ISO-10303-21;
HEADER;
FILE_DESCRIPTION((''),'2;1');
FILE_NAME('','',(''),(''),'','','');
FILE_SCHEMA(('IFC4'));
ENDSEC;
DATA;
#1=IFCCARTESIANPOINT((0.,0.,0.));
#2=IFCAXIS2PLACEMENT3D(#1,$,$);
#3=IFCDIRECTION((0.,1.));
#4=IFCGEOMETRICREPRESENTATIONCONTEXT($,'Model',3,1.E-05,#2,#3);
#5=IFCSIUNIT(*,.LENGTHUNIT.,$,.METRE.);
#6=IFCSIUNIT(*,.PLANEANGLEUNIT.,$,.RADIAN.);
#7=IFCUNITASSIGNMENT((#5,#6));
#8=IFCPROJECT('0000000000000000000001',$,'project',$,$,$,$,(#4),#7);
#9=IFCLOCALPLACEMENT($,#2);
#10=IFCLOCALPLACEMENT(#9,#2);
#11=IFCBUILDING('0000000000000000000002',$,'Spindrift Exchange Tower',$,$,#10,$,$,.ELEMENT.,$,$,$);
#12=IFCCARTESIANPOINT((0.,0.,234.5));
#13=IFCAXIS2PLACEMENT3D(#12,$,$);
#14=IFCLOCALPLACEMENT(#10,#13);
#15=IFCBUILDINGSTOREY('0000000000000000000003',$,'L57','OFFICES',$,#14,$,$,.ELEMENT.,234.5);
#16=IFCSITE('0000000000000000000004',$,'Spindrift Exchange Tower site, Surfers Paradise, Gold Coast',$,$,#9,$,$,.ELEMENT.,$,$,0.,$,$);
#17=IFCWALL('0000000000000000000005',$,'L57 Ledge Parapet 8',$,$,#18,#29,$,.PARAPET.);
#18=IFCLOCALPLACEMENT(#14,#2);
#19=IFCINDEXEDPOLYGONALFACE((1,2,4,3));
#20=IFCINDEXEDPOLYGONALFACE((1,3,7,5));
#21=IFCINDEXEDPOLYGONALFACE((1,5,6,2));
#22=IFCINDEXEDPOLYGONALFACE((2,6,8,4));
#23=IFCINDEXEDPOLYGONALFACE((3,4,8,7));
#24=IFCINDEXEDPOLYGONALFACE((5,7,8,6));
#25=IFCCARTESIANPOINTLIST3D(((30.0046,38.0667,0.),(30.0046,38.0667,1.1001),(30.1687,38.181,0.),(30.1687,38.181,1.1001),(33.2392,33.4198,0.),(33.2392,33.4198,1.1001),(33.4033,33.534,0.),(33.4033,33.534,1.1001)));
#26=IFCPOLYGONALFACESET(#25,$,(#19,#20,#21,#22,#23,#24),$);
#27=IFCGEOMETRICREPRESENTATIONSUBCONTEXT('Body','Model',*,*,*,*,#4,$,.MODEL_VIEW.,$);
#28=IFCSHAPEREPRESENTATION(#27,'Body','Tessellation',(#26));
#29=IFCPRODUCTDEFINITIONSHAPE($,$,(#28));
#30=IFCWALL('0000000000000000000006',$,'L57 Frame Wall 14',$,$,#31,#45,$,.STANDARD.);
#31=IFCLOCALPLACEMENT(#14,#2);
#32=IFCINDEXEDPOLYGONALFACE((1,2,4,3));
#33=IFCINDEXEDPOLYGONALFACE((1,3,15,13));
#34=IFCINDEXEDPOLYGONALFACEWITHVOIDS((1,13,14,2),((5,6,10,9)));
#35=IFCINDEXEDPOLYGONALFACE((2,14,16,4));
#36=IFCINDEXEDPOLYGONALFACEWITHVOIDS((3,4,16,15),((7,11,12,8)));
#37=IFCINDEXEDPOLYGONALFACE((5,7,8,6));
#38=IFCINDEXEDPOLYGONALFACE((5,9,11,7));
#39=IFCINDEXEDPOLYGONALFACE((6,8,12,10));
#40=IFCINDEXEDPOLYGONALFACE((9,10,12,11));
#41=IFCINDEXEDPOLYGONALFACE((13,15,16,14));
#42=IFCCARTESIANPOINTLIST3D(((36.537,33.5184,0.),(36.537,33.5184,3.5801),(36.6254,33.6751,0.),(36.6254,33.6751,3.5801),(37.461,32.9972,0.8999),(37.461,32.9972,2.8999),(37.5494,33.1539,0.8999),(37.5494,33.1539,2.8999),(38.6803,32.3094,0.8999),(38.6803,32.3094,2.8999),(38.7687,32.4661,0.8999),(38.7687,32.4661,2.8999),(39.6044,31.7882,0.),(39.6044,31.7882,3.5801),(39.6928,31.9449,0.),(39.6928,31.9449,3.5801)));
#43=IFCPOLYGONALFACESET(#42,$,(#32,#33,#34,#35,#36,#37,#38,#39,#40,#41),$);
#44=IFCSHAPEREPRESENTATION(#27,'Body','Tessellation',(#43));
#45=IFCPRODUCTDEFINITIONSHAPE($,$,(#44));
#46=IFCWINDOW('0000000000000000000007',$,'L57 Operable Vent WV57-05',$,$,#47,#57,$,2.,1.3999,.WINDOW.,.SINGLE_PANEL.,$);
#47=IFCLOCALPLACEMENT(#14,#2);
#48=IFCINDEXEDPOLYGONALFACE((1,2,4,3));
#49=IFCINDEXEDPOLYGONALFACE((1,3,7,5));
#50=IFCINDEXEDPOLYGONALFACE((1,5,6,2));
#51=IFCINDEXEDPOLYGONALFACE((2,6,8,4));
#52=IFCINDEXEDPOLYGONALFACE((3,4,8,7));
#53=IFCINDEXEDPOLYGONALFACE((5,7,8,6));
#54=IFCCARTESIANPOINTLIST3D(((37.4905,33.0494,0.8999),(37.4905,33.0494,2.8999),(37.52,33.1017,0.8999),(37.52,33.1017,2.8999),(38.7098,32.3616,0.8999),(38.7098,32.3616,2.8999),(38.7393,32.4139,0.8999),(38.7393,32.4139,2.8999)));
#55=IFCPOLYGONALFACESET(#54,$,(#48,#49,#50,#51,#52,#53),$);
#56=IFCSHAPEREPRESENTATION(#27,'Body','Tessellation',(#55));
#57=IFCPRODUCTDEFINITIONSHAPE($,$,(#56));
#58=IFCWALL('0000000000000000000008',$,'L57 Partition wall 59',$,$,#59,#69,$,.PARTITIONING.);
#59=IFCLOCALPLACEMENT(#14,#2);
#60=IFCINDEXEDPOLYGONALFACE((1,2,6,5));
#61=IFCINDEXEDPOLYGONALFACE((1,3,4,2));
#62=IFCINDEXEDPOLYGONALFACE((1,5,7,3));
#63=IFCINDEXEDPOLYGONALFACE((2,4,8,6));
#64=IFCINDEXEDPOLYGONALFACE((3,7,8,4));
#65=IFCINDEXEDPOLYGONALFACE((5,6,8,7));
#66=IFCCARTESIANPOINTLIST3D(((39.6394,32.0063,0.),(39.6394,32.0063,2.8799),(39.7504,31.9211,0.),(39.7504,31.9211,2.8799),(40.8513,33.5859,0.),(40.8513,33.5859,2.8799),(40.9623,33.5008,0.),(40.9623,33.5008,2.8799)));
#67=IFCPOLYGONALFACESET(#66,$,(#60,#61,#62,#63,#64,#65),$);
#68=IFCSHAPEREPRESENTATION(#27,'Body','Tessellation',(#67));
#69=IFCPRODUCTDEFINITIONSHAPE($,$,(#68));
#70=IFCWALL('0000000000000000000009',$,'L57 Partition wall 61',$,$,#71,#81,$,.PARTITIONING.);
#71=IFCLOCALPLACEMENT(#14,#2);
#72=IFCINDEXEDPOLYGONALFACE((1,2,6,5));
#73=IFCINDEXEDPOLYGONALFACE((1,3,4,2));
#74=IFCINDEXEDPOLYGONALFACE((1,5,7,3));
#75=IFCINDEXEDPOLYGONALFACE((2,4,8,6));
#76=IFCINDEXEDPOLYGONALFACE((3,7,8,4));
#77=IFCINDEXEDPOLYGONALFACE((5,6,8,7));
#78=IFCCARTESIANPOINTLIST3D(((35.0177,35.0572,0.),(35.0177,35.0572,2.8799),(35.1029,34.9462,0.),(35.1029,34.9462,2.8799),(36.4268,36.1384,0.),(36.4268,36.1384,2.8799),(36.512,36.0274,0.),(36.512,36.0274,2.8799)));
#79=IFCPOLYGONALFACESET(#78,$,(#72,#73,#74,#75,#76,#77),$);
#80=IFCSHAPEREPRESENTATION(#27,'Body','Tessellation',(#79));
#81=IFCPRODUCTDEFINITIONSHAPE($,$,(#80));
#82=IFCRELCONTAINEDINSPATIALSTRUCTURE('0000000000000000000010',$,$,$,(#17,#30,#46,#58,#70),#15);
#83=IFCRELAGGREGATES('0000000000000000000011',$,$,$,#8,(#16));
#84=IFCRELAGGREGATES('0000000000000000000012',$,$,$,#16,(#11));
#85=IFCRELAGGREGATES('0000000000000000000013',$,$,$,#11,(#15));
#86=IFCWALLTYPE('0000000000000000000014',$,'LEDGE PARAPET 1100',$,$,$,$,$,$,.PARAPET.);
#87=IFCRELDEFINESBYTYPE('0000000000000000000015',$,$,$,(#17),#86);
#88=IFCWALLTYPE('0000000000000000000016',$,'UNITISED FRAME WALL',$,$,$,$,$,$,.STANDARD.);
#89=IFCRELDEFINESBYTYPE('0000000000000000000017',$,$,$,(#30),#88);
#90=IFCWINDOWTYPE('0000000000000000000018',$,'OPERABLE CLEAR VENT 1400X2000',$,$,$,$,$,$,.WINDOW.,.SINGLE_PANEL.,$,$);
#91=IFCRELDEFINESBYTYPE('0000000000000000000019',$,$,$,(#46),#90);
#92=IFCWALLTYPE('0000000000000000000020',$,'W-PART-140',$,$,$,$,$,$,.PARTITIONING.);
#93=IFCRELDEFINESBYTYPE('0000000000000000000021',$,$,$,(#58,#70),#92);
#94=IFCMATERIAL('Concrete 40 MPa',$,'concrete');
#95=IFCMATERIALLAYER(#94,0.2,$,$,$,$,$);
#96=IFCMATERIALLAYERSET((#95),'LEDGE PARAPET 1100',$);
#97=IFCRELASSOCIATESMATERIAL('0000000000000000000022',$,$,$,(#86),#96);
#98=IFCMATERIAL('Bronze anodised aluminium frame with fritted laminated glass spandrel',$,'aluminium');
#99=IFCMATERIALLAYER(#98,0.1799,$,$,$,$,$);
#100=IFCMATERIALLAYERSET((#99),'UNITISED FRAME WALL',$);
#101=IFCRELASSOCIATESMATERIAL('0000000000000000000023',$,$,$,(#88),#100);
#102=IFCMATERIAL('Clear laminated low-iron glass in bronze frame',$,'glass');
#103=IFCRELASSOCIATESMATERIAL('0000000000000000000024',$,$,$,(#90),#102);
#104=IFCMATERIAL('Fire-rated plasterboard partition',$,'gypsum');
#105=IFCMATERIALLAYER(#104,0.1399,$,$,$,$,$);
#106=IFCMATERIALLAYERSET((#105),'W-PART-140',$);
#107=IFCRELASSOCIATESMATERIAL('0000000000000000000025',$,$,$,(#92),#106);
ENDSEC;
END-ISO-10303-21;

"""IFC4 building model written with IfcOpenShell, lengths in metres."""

from ifc_helpers import new_model, si_unit, direction, frame, frame_2d, origin, place, context, subcontext, project, spatial, rectangle, extrude, source, transform, mapped, material, layer, layer_set, type_object, element, fill, save


model = new_model("IFC4")

# Units and contexts
model_context = context("Model", 3, precision=1e-05, world=origin(), true_north=direction((0.0, 1.0)))
body_context = subcontext(model_context, "Body", "Model", "MODEL_VIEW")
ifc_project = project(units=[si_unit("LENGTHUNIT", "METRE"), si_unit("PLANEANGLEUNIT", "RADIAN")], contexts=[model_context])

# Site, building, storey
site_placement = place(None, origin())
site = spatial("IfcSite", under=ifc_project, at=site_placement, Name="Spindrift Exchange Tower site, Surfers Paradise, Gold Coast", CompositionType="ELEMENT", RefElevation=0.0)
building_placement = place(site_placement, origin())
building = spatial("IfcBuilding", under=site, at=building_placement, Name="Spindrift Exchange Tower", CompositionType="ELEMENT")
storey_placement = place(building_placement, frame((0.0, 0.0, 234.5)))
storey = spatial("IfcBuildingStorey", under=building, at=storey_placement, Name="L57", Description="OFFICES", CompositionType="ELEMENT", Elevation=234.5)

# Shared definitions
ifc_material_1 = material(Name="Concrete 40 MPa", Category="concrete")

# Wall
ifc_layer_1 = layer(ifc_material_1, 0.2)
ifc_layer_set_1 = layer_set([ifc_layer_1], Name="LEDGE PARAPET 1100")
wall_type_1 = type_object("IfcWallType", Name="LEDGE PARAPET 1100", PredefinedType="PARAPET", material=ifc_layer_set_1)
wall_1_placement = place(storey_placement, frame((33.3213, 33.4768, 0.0), z_axis=(0.0, 0.0, 1.0), x_axis=(-0.571296, 0.820744, 0.0)))
element("IfcWall", 1, at=wall_1_placement, inside=storey, type_object=wall_type_1, Name="L57 Ledge Parapet 8", PredefinedType="PARAPET", context=body_context, shape_type="SweptSolid", body=[
    extrude(rectangle(XDim=5.6619, YDim=0.2, at=frame_2d((2.8311, 0.0))), origin(), (0.0, 0.0, 1.0), 1.1001),
])

# Wall, opening, window
ifc_material_2 = material(Name="Bronze anodised aluminium frame with fritted laminated glass spandrel", Category="aluminium")
ifc_layer_2 = layer(ifc_material_2, 0.1799)
ifc_layer_set_2 = layer_set([ifc_layer_2], Name="UNITISED FRAME WALL")
wall_type_2 = type_object("IfcWallType", Name="UNITISED FRAME WALL", PredefinedType="STANDARD", material=ifc_layer_set_2)
wall_2_placement = place(storey_placement, frame((36.5813, 33.5967, 0.0), z_axis=(0.0, 0.0, 1.0), x_axis=(0.87099, -0.491301, 0.0)))
wall_2 = element("IfcWall", 2, at=wall_2_placement, inside=storey, type_object=wall_type_2, Name="L57 Frame Wall 14", PredefinedType="STANDARD", context=body_context, shape_type="SweptSolid", body=[
    extrude(rectangle(XDim=3.5217, YDim=0.1799, at=frame_2d((1.7607, 0.0))), origin(), (0.0, 0.0, 1.0), 3.5801),
])
opening_placement = place(wall_2_placement, frame((1.0608, 0.0, 0.8999)))
opening = element("IfcOpeningElement", 3, at=opening_placement, cuts=wall_2, PredefinedType="OPENING", context=body_context, shape_type="SweptSolid", body=[
    extrude(rectangle(XDim=1.3999, YDim=2.0, at=frame_2d((0.7, 1.0))), frame((0.0, 0.0999, 0.0), z_axis=(0.0, -1.0, 0.0), x_axis=(1.0, 0.0, 0.0)), (0.0, 0.0, 1.0), 0.2),
])
ifc_material_3 = material(Name="Clear laminated low-iron glass in bronze frame", Category="glass")
window_type = type_object("IfcWindowType", Name="OPERABLE CLEAR VENT 1400X2000", PartitioningType="SINGLE_PANEL", PredefinedType="WINDOW", material=ifc_material_3)
shared_shape_1 = source(origin(), body_context, "Body", "SweptSolid", [
    extrude(rectangle(XDim=1.3999, YDim=2.0, at=frame_2d((0.7, 1.0))), frame((0.0, 0.03, 0.0), z_axis=(0.0, -1.0, 0.0), x_axis=(1.0, 0.0, 0.0)), (0.0, 0.0, 1.0), 0.0601),
])
window_placement = place(opening_placement, origin())
window = element("IfcWindow", 4, at=window_placement, inside=storey, type_object=window_type, Name="L57 Operable Vent WV57-05", OverallHeight=2.0, OverallWidth=1.3999, PartitioningType="SINGLE_PANEL", PredefinedType="WINDOW", context=body_context, shape_type="MappedRepresentation", body=[
    mapped(shared_shape_1, transform((0.0, 0.0, 0.0), scale=1.0)),
])
fill(opening, window)

# Walls
ifc_material_4 = material(Name="Fire-rated plasterboard partition", Category="gypsum")
ifc_layer_3 = layer(ifc_material_4, 0.1399)
ifc_layer_set_3 = layer_set([ifc_layer_3], Name="W-PART-140")
wall_type_3 = type_object("IfcWallType", Name="W-PART-140", PredefinedType="PARTITIONING", material=ifc_layer_set_3)
wall_3_placement = place(storey_placement, frame((39.6948, 31.9636, 0.0), z_axis=(0.0, 0.0, 1.0), x_axis=(0.608715, 0.793389, 0.0)))
element("IfcWall", 5, at=wall_3_placement, inside=storey, type_object=wall_type_3, Name="L57 Partition wall 59", PredefinedType="PARTITIONING", context=body_context, shape_type="SweptSolid", body=[
    extrude(rectangle(XDim=1.991, YDim=0.1399, at=frame_2d((0.9956, 0.0))), origin(), (0.0, 0.0, 1.0), 2.8799),
])
wall_4_placement = place(storey_placement, frame((36.4695, 36.083, 0.0), z_axis=(0.0, 0.0, 1.0), x_axis=(-0.793354, -0.60876, 0.0)))
element("IfcWall", 6, at=wall_4_placement, inside=storey, type_object=wall_type_3, Name="L57 Partition wall 61", PredefinedType="PARTITIONING", context=body_context, shape_type="SweptSolid", body=[
    extrude(rectangle(XDim=1.7761, YDim=0.1399, at=frame_2d((0.8882, 0.0))), origin(), (0.0, 0.0, 1.0), 2.8799),
])

save(model, "model.ifc")
